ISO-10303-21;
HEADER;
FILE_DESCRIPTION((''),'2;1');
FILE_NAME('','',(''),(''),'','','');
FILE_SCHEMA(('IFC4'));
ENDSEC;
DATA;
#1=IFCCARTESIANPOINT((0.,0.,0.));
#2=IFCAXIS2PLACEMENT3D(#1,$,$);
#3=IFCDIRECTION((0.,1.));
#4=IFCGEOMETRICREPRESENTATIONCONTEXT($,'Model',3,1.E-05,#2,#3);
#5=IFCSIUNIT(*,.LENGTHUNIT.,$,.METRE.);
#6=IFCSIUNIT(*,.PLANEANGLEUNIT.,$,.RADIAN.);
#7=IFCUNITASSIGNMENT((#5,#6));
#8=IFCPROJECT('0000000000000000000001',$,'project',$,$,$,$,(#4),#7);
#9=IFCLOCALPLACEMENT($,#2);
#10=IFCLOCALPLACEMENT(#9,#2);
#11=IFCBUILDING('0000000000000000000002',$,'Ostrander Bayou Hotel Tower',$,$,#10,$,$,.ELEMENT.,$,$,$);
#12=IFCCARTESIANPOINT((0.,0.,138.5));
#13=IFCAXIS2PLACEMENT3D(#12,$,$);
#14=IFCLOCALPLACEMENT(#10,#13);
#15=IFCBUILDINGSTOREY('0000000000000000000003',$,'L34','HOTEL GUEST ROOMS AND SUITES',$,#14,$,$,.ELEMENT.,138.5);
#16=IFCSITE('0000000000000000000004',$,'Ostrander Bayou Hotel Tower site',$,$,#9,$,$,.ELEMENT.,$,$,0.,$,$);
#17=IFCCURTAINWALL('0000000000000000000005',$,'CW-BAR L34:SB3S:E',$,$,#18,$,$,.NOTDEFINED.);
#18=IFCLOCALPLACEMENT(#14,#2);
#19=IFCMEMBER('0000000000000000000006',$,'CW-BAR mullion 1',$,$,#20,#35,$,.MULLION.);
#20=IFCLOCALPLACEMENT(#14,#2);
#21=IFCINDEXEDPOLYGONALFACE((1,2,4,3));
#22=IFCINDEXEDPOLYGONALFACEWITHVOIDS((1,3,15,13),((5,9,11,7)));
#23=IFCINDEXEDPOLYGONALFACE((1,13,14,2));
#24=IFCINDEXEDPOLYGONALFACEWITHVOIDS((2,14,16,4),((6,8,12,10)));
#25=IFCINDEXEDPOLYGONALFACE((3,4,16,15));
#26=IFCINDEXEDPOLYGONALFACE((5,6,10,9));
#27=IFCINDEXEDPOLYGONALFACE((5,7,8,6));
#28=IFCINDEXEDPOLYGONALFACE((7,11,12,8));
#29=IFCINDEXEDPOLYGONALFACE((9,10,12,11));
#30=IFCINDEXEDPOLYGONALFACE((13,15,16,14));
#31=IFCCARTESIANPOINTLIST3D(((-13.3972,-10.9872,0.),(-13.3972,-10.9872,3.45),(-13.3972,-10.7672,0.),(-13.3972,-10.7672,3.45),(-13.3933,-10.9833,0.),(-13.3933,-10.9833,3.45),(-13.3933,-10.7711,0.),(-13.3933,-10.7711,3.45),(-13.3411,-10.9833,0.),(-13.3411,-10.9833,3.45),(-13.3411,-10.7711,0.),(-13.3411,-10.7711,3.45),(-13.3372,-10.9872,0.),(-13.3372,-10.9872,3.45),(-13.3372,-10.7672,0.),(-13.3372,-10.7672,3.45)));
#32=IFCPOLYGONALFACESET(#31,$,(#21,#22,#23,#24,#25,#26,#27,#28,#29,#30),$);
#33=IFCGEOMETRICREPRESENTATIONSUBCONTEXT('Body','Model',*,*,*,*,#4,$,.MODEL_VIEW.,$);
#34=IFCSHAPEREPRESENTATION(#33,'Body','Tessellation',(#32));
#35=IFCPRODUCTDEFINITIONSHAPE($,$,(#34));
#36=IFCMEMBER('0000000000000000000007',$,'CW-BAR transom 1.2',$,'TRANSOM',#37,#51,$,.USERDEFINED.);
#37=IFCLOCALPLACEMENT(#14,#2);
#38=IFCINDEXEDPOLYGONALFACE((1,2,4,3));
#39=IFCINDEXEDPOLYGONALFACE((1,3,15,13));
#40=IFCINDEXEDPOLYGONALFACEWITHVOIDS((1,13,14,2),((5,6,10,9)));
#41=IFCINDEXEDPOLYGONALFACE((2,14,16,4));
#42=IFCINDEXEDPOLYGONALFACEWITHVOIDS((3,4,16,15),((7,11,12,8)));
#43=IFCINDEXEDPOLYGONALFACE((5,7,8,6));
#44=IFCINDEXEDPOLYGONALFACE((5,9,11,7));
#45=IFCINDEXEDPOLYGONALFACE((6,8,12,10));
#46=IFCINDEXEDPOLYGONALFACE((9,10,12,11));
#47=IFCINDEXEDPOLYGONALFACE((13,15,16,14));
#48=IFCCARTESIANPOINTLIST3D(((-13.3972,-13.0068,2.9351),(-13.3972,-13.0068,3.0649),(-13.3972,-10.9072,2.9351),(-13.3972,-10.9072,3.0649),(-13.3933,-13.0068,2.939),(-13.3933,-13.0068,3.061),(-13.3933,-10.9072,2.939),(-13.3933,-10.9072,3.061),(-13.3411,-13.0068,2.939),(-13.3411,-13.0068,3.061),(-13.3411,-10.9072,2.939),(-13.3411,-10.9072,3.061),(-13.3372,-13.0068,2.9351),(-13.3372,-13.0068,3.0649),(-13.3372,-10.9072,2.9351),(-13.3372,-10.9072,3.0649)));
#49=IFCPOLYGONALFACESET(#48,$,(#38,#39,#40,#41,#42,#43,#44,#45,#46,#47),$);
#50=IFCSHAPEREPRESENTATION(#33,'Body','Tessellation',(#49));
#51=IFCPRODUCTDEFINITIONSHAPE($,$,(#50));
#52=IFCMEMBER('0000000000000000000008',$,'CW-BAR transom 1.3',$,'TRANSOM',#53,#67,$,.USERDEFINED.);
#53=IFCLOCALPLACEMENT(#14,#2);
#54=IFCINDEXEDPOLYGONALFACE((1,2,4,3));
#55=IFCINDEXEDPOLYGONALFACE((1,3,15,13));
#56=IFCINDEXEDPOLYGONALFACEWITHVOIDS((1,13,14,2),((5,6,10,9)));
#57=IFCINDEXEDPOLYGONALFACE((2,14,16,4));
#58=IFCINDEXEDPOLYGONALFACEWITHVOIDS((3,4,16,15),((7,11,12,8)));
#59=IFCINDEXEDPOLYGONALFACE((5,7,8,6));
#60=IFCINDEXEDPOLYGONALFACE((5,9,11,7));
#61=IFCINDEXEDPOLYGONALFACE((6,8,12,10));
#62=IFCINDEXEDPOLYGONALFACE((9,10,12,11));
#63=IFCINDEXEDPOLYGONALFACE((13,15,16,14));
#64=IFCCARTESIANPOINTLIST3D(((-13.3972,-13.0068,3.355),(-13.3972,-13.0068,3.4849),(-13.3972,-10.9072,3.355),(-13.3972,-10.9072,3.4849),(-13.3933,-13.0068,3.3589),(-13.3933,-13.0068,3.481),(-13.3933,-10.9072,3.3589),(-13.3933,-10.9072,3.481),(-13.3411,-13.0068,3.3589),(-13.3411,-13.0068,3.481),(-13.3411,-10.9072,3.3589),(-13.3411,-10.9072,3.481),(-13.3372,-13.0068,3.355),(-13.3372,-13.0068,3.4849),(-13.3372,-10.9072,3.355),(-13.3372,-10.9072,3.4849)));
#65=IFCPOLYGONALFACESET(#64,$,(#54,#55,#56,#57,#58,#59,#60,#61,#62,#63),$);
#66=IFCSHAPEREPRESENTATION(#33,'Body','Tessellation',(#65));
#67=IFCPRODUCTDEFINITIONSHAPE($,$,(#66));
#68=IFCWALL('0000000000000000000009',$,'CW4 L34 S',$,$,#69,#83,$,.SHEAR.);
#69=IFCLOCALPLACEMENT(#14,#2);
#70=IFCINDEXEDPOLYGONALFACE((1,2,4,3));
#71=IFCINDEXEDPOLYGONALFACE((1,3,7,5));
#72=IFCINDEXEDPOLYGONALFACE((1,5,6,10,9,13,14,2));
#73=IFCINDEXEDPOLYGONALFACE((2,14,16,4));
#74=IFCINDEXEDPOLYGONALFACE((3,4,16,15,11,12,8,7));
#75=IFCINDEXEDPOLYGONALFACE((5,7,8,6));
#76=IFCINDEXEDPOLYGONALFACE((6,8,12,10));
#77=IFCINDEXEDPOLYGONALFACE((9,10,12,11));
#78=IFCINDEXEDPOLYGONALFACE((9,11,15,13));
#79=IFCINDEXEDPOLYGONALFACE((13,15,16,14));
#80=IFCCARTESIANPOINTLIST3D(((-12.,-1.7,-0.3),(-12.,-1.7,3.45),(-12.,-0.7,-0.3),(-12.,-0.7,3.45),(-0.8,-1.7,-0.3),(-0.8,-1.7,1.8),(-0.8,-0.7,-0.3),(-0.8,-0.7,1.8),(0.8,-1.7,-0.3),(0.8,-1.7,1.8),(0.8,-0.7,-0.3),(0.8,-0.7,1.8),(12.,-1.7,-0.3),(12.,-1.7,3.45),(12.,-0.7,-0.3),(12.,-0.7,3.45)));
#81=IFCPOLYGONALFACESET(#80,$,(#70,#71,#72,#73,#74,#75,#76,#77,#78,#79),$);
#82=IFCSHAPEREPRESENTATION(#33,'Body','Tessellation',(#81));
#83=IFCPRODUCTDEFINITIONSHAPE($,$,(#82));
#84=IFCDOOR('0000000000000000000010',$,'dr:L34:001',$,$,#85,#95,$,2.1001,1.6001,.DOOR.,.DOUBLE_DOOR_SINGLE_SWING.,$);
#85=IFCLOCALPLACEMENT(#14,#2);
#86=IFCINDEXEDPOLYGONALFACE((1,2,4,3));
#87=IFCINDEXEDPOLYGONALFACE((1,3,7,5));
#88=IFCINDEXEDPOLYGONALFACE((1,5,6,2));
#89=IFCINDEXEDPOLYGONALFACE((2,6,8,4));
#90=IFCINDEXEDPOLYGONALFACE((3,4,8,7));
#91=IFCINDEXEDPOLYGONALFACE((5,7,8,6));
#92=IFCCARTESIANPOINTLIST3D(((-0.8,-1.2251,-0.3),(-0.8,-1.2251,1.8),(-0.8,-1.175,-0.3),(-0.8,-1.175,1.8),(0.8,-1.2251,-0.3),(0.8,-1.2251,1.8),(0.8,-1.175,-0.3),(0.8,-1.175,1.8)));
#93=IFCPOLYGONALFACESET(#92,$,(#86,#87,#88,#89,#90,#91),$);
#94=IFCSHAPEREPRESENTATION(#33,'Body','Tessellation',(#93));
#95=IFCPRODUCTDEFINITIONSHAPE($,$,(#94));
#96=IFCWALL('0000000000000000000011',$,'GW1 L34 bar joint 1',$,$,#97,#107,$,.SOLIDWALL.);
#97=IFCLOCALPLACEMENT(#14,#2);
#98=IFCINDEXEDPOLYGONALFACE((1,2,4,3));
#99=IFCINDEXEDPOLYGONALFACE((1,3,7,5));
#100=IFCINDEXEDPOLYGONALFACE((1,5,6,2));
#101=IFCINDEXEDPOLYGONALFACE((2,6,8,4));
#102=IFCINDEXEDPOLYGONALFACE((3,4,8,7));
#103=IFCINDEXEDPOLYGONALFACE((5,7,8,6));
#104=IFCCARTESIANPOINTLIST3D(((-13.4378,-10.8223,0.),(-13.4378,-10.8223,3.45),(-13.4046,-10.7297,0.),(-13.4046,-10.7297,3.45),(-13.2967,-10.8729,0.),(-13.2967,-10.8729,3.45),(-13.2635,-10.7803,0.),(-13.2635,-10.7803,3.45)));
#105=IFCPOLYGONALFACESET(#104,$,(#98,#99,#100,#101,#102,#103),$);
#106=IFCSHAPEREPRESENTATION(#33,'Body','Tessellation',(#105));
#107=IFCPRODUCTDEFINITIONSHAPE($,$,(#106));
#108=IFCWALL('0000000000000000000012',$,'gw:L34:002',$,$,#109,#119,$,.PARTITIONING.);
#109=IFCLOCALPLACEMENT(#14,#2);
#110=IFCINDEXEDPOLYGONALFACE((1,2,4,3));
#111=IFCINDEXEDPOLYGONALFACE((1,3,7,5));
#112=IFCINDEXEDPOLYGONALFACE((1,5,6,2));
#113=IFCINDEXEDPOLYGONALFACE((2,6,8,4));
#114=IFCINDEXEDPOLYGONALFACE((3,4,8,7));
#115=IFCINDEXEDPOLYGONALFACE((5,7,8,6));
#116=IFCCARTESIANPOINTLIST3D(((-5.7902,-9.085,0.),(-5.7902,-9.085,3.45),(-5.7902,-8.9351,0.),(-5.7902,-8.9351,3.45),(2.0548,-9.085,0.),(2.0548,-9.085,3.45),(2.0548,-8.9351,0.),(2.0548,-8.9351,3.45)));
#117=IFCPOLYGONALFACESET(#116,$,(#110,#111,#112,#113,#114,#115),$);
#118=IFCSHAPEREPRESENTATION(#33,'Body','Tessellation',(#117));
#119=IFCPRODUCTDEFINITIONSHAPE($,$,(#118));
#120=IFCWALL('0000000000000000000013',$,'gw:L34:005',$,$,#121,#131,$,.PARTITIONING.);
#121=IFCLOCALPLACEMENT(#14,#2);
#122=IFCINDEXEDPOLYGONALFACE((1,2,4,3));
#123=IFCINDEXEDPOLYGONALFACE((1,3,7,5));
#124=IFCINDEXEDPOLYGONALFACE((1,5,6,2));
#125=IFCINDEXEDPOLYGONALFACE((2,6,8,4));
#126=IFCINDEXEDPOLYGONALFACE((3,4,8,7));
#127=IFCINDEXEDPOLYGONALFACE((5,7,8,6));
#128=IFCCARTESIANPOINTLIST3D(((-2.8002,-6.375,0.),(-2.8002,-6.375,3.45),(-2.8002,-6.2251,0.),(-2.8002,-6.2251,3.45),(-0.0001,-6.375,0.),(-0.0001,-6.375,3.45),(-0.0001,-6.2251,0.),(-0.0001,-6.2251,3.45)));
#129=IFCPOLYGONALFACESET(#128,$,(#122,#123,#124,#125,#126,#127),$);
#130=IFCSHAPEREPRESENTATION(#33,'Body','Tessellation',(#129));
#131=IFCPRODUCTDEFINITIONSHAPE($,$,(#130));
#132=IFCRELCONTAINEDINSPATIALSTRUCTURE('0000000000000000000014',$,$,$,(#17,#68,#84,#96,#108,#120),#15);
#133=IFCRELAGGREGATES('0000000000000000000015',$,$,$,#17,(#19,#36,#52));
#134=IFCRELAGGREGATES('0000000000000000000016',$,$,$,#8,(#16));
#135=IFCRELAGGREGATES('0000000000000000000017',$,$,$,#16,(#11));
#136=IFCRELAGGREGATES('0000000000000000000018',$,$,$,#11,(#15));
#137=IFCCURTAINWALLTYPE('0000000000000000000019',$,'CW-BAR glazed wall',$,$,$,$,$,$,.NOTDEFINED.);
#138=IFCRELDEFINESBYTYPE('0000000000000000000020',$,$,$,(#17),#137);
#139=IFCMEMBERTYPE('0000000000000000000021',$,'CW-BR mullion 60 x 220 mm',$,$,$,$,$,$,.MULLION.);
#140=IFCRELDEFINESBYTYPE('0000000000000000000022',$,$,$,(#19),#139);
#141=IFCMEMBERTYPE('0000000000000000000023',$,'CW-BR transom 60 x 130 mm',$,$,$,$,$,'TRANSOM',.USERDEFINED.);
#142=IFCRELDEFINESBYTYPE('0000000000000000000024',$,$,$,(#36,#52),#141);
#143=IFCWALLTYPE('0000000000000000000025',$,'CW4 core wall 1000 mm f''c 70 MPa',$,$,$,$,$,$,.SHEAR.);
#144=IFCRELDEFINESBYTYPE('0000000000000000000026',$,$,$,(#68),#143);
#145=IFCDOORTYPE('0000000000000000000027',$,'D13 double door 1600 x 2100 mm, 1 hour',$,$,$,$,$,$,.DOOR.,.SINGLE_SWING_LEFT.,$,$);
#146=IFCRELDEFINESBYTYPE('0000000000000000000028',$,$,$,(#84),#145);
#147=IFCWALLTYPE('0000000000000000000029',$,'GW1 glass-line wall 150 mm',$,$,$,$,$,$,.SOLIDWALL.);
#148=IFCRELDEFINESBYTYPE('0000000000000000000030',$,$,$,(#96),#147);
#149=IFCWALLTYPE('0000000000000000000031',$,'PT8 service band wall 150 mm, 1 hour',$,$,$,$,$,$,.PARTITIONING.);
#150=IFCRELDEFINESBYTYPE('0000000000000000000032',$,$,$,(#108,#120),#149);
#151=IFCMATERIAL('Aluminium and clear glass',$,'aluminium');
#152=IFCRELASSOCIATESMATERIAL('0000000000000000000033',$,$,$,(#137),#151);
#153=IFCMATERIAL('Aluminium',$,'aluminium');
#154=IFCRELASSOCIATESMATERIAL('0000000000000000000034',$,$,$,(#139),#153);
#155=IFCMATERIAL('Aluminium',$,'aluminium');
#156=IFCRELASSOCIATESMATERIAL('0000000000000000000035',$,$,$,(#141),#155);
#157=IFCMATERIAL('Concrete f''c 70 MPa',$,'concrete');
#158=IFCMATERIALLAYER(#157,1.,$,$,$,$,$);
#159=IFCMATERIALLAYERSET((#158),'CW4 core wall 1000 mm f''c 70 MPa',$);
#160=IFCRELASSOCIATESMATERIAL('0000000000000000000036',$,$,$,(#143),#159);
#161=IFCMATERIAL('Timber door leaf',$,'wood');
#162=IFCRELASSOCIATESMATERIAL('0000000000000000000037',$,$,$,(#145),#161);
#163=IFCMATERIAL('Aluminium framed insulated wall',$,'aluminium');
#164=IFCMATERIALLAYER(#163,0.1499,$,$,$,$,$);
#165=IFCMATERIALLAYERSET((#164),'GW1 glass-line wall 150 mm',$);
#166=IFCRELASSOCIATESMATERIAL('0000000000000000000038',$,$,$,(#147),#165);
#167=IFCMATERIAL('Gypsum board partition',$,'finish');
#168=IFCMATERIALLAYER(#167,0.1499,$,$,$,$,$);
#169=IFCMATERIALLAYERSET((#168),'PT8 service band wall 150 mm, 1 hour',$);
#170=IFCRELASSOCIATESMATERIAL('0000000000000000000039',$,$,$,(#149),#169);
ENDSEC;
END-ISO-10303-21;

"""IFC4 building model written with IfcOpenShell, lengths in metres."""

from ifc_helpers import new_model, si_unit, direction, frame, frame_2d, origin, origin_2d, place, context, subcontext, project, spatial, rectangle, hollow_rectangle, extrude, material, layer, layer_set, material_profile, profile_set, type_object, element, fill, aggregate, save


model = new_model("IFC4")

# Units and contexts
model_context = context("Model", 3, precision=1e-05, world=origin(), true_north=direction((0.0, 1.0)))
body_context = subcontext(model_context, "Body", "Model", "MODEL_VIEW")
ifc_project = project(units=[si_unit("LENGTHUNIT", "METRE"), si_unit("PLANEANGLEUNIT", "RADIAN")], contexts=[model_context])

# Site, building, storey
site_placement = place(None, origin())
site = spatial("IfcSite", under=ifc_project, at=site_placement, Name="Ostrander Bayou Hotel Tower site", CompositionType="ELEMENT", RefElevation=0.0)
building_placement = place(site_placement, origin())
building = spatial("IfcBuilding", under=site, at=building_placement, Name="Ostrander Bayou Hotel Tower", CompositionType="ELEMENT")
storey_placement = place(building_placement, frame((0.0, 0.0, 138.5)))
storey = spatial("IfcBuildingStorey", under=building, at=storey_placement, Name="L34", Description="HOTEL GUEST ROOMS AND SUITES", CompositionType="ELEMENT", Elevation=138.5)

# Curtain wall, members
ifc_material_1 = material(Name="Aluminium and clear glass", Category="aluminium")
curtain_wall_type = type_object("IfcCurtainWallType", Name="CW-BAR glazed wall", PredefinedType="NOTDEFINED", material=ifc_material_1)
curtain_wall_placement = place(storey_placement, origin())
curtain_wall = element("IfcCurtainWall", 1, at=curtain_wall_placement, inside=storey, type_object=curtain_wall_type, Name="CW-BAR L34:SB3S:E", PredefinedType="NOTDEFINED")
ifc_material_2 = material(Name="Aluminium", Category="aluminium")
ifc_material_profile_1 = material_profile(ifc_material_2, hollow_rectangle(XDim=0.0601, YDim=0.22, WallThickness=0.0039, at=origin_2d()))
ifc_profile_set_1 = profile_set([ifc_material_profile_1], Name="Aluminium")
member_type_1 = type_object("IfcMemberType", Name="CW-BR mullion 60 x 220 mm", PredefinedType="MULLION", material=ifc_profile_set_1)
member_1_placement = place(storey_placement, frame((-13.3672, -10.8772, 0.0), z_axis=(0.0, 0.0, 1.0), x_axis=(1.0, 0.0, 0.0)))
member_1 = element("IfcMember", 2, at=member_1_placement, type_object=member_type_1, Name="CW-BAR mullion 1", PredefinedType="MULLION", context=body_context, shape_type="SweptSolid", body=[
    extrude(hollow_rectangle(XDim=0.0601, YDim=0.22, WallThickness=0.0039, at=origin_2d()), origin(), (0.0, 0.0, 1.0), 3.45),
])
ifc_material_3 = material(Name="Aluminium", Category="aluminium")
ifc_material_profile_2 = material_profile(ifc_material_3, hollow_rectangle(XDim=0.0601, YDim=0.1299, WallThickness=0.0039, at=origin_2d()))
ifc_profile_set_2 = profile_set([ifc_material_profile_2], Name="Aluminium")
member_type_2 = type_object("IfcMemberType", Name="CW-BR transom 60 x 130 mm", ElementType="TRANSOM", PredefinedType="USERDEFINED", material=ifc_profile_set_2)
member_2_placement = place(storey_placement, frame((-13.3672, -10.9072, 3.0), z_axis=(0.0, -1.0, 0.0), x_axis=(1.0, 0.0, 0.0)))
member_2 = element("IfcMember", 3, at=member_2_placement, type_object=member_type_2, Name="CW-BAR transom 1.2", ObjectType="TRANSOM", PredefinedType="USERDEFINED", context=body_context, shape_type="SweptSolid", body=[
    extrude(hollow_rectangle(XDim=0.0601, YDim=0.1299, WallThickness=0.0039, at=origin_2d()), origin(), (0.0, 0.0, 1.0), 2.0996),
])
member_3_placement = place(storey_placement, frame((-13.3672, -10.9072, 3.4199), z_axis=(0.0, -1.0, 0.0), x_axis=(1.0, 0.0, 0.0)))
member_3 = element("IfcMember", 4, at=member_3_placement, type_object=member_type_2, Name="CW-BAR transom 1.3", ObjectType="TRANSOM", PredefinedType="USERDEFINED", context=body_context, shape_type="SweptSolid", body=[
    extrude(hollow_rectangle(XDim=0.0601, YDim=0.1299, WallThickness=0.0039, at=origin_2d()), origin(), (0.0, 0.0, 1.0), 2.0996),
])
aggregate(curtain_wall, [member_1, member_2, member_3])

# Wall, opening, door
ifc_material_4 = material(Name="Concrete f'c 70 MPa", Category="concrete")
ifc_layer_1 = layer(ifc_material_4, 1.0)
ifc_layer_set_1 = layer_set([ifc_layer_1], Name="CW4 core wall 1000 mm f'c 70 MPa")
wall_type_1 = type_object("IfcWallType", Name="CW4 core wall 1000 mm f'c 70 MPa", PredefinedType="SHEAR", material=ifc_layer_set_1)
wall_1_placement = place(storey_placement, frame((-12.0, -1.2, -0.3), z_axis=(0.0, 0.0, 1.0), x_axis=(1.0, 0.0, 0.0)))
wall_1 = element("IfcWall", 5, at=wall_1_placement, inside=storey, type_object=wall_type_1, Name="CW4 L34 S", PredefinedType="SHEAR", context=body_context, shape_type="SweptSolid", body=[
    extrude(rectangle(XDim=24.0, YDim=1.0, at=frame_2d((12.0, 0.0))), origin(), (0.0, 0.0, 1.0), 3.75),
])
opening_1_placement = place(wall_1_placement, frame((11.2, 0.0, 0.0)))
opening_1 = element("IfcOpeningElement", 6, at=opening_1_placement, cuts=wall_1, PredefinedType="OPENING", context=body_context, shape_type="SweptSolid", body=[
    extrude(rectangle(XDim=1.6001, YDim=2.1001, at=frame_2d((0.8, 1.05))), frame((0.0, 0.5, 0.0), z_axis=(0.0, -1.0, 0.0), x_axis=(1.0, 0.0, 0.0)), (0.0, 0.0, 1.0), 1.0),
])
ifc_material_5 = material(Name="Timber door leaf", Category="wood")
door_type_1 = type_object("IfcDoorType", Name="D13 double door 1600 x 2100 mm, 1 hour", OperationType="SINGLE_SWING_LEFT", PredefinedType="DOOR", material=ifc_material_5)
door_1_placement = place(opening_1_placement, origin())
door_1 = element("IfcDoor", 7, at=door_1_placement, inside=storey, type_object=door_type_1, Name="dr:L34:001", OperationType="DOUBLE_DOOR_SINGLE_SWING", OverallHeight=2.1001, OverallWidth=1.6001, PredefinedType="DOOR", context=body_context, shape_type="SweptSolid", body=[
    extrude(rectangle(XDim=1.6001, YDim=2.1001, at=frame_2d((0.8, 1.05))), frame((0.0, 0.0249, 0.0), z_axis=(0.0, -1.0, 0.0), x_axis=(1.0, 0.0, 0.0)), (0.0, 0.0, 1.0), 0.05),
])
fill(opening_1, door_1)

# Walls
ifc_material_6 = material(Name="Aluminium framed insulated wall", Category="aluminium")
ifc_layer_2 = layer(ifc_material_6, 0.1499)
ifc_layer_set_2 = layer_set([ifc_layer_2], Name="GW1 glass-line wall 150 mm")
wall_type_2 = type_object("IfcWallType", Name="GW1 glass-line wall 150 mm", PredefinedType="SOLIDWALL", material=ifc_layer_set_2)
wall_2_placement = place(storey_placement, frame((-13.334, -10.7549, 0.0), z_axis=(0.0, 0.0, 1.0), x_axis=(-0.337752, -0.941235, 0.0)))
element("IfcWall", 8, at=wall_2_placement, inside=storey, type_object=wall_type_2, Name="GW1 L34 bar joint 1", PredefinedType="SOLIDWALL", context=body_context, shape_type="SweptSolid", body=[
    extrude(rectangle(XDim=0.0984, YDim=0.1499, at=frame_2d((0.0493, 0.0))), origin(), (0.0, 0.0, 1.0), 3.45),
])
ifc_material_7 = material(Name="Gypsum board partition", Category="finish")
ifc_layer_3 = layer(ifc_material_7, 0.1499)
ifc_layer_set_3 = layer_set([ifc_layer_3], Name="PT8 service band wall 150 mm, 1 hour")
wall_type_3 = type_object("IfcWallType", Name="PT8 service band wall 150 mm, 1 hour", PredefinedType="PARTITIONING", material=ifc_layer_set_3)
wall_3_placement = place(storey_placement, frame((-5.79, -9.01, 0.0), z_axis=(0.0, 0.0, 1.0), x_axis=(1.0, 0.0, 0.0)))
element("IfcWall", 9, at=wall_3_placement, inside=storey, type_object=wall_type_3, Name="gw:L34:002", PredefinedType="PARTITIONING", context=body_context, shape_type="SweptSolid", body=[
    extrude(rectangle(XDim=7.845, YDim=0.1499, at=frame_2d((3.9224, 0.0))), origin(), (0.0, 0.0, 1.0), 3.45),
])
wall_4_placement = place(storey_placement, frame((-2.8, -6.3, 0.0), z_axis=(0.0, 0.0, 1.0), x_axis=(1.0, 0.0, 0.0)))
element("IfcWall", 10, at=wall_4_placement, inside=storey, type_object=wall_type_3, Name="gw:L34:005", PredefinedType="PARTITIONING", context=body_context, shape_type="SweptSolid", body=[
    extrude(rectangle(XDim=2.8, YDim=0.1499, at=frame_2d((1.3999, 0.0))), origin(), (0.0, 0.0, 1.0), 3.45),
])

save(model, "model.ifc")
